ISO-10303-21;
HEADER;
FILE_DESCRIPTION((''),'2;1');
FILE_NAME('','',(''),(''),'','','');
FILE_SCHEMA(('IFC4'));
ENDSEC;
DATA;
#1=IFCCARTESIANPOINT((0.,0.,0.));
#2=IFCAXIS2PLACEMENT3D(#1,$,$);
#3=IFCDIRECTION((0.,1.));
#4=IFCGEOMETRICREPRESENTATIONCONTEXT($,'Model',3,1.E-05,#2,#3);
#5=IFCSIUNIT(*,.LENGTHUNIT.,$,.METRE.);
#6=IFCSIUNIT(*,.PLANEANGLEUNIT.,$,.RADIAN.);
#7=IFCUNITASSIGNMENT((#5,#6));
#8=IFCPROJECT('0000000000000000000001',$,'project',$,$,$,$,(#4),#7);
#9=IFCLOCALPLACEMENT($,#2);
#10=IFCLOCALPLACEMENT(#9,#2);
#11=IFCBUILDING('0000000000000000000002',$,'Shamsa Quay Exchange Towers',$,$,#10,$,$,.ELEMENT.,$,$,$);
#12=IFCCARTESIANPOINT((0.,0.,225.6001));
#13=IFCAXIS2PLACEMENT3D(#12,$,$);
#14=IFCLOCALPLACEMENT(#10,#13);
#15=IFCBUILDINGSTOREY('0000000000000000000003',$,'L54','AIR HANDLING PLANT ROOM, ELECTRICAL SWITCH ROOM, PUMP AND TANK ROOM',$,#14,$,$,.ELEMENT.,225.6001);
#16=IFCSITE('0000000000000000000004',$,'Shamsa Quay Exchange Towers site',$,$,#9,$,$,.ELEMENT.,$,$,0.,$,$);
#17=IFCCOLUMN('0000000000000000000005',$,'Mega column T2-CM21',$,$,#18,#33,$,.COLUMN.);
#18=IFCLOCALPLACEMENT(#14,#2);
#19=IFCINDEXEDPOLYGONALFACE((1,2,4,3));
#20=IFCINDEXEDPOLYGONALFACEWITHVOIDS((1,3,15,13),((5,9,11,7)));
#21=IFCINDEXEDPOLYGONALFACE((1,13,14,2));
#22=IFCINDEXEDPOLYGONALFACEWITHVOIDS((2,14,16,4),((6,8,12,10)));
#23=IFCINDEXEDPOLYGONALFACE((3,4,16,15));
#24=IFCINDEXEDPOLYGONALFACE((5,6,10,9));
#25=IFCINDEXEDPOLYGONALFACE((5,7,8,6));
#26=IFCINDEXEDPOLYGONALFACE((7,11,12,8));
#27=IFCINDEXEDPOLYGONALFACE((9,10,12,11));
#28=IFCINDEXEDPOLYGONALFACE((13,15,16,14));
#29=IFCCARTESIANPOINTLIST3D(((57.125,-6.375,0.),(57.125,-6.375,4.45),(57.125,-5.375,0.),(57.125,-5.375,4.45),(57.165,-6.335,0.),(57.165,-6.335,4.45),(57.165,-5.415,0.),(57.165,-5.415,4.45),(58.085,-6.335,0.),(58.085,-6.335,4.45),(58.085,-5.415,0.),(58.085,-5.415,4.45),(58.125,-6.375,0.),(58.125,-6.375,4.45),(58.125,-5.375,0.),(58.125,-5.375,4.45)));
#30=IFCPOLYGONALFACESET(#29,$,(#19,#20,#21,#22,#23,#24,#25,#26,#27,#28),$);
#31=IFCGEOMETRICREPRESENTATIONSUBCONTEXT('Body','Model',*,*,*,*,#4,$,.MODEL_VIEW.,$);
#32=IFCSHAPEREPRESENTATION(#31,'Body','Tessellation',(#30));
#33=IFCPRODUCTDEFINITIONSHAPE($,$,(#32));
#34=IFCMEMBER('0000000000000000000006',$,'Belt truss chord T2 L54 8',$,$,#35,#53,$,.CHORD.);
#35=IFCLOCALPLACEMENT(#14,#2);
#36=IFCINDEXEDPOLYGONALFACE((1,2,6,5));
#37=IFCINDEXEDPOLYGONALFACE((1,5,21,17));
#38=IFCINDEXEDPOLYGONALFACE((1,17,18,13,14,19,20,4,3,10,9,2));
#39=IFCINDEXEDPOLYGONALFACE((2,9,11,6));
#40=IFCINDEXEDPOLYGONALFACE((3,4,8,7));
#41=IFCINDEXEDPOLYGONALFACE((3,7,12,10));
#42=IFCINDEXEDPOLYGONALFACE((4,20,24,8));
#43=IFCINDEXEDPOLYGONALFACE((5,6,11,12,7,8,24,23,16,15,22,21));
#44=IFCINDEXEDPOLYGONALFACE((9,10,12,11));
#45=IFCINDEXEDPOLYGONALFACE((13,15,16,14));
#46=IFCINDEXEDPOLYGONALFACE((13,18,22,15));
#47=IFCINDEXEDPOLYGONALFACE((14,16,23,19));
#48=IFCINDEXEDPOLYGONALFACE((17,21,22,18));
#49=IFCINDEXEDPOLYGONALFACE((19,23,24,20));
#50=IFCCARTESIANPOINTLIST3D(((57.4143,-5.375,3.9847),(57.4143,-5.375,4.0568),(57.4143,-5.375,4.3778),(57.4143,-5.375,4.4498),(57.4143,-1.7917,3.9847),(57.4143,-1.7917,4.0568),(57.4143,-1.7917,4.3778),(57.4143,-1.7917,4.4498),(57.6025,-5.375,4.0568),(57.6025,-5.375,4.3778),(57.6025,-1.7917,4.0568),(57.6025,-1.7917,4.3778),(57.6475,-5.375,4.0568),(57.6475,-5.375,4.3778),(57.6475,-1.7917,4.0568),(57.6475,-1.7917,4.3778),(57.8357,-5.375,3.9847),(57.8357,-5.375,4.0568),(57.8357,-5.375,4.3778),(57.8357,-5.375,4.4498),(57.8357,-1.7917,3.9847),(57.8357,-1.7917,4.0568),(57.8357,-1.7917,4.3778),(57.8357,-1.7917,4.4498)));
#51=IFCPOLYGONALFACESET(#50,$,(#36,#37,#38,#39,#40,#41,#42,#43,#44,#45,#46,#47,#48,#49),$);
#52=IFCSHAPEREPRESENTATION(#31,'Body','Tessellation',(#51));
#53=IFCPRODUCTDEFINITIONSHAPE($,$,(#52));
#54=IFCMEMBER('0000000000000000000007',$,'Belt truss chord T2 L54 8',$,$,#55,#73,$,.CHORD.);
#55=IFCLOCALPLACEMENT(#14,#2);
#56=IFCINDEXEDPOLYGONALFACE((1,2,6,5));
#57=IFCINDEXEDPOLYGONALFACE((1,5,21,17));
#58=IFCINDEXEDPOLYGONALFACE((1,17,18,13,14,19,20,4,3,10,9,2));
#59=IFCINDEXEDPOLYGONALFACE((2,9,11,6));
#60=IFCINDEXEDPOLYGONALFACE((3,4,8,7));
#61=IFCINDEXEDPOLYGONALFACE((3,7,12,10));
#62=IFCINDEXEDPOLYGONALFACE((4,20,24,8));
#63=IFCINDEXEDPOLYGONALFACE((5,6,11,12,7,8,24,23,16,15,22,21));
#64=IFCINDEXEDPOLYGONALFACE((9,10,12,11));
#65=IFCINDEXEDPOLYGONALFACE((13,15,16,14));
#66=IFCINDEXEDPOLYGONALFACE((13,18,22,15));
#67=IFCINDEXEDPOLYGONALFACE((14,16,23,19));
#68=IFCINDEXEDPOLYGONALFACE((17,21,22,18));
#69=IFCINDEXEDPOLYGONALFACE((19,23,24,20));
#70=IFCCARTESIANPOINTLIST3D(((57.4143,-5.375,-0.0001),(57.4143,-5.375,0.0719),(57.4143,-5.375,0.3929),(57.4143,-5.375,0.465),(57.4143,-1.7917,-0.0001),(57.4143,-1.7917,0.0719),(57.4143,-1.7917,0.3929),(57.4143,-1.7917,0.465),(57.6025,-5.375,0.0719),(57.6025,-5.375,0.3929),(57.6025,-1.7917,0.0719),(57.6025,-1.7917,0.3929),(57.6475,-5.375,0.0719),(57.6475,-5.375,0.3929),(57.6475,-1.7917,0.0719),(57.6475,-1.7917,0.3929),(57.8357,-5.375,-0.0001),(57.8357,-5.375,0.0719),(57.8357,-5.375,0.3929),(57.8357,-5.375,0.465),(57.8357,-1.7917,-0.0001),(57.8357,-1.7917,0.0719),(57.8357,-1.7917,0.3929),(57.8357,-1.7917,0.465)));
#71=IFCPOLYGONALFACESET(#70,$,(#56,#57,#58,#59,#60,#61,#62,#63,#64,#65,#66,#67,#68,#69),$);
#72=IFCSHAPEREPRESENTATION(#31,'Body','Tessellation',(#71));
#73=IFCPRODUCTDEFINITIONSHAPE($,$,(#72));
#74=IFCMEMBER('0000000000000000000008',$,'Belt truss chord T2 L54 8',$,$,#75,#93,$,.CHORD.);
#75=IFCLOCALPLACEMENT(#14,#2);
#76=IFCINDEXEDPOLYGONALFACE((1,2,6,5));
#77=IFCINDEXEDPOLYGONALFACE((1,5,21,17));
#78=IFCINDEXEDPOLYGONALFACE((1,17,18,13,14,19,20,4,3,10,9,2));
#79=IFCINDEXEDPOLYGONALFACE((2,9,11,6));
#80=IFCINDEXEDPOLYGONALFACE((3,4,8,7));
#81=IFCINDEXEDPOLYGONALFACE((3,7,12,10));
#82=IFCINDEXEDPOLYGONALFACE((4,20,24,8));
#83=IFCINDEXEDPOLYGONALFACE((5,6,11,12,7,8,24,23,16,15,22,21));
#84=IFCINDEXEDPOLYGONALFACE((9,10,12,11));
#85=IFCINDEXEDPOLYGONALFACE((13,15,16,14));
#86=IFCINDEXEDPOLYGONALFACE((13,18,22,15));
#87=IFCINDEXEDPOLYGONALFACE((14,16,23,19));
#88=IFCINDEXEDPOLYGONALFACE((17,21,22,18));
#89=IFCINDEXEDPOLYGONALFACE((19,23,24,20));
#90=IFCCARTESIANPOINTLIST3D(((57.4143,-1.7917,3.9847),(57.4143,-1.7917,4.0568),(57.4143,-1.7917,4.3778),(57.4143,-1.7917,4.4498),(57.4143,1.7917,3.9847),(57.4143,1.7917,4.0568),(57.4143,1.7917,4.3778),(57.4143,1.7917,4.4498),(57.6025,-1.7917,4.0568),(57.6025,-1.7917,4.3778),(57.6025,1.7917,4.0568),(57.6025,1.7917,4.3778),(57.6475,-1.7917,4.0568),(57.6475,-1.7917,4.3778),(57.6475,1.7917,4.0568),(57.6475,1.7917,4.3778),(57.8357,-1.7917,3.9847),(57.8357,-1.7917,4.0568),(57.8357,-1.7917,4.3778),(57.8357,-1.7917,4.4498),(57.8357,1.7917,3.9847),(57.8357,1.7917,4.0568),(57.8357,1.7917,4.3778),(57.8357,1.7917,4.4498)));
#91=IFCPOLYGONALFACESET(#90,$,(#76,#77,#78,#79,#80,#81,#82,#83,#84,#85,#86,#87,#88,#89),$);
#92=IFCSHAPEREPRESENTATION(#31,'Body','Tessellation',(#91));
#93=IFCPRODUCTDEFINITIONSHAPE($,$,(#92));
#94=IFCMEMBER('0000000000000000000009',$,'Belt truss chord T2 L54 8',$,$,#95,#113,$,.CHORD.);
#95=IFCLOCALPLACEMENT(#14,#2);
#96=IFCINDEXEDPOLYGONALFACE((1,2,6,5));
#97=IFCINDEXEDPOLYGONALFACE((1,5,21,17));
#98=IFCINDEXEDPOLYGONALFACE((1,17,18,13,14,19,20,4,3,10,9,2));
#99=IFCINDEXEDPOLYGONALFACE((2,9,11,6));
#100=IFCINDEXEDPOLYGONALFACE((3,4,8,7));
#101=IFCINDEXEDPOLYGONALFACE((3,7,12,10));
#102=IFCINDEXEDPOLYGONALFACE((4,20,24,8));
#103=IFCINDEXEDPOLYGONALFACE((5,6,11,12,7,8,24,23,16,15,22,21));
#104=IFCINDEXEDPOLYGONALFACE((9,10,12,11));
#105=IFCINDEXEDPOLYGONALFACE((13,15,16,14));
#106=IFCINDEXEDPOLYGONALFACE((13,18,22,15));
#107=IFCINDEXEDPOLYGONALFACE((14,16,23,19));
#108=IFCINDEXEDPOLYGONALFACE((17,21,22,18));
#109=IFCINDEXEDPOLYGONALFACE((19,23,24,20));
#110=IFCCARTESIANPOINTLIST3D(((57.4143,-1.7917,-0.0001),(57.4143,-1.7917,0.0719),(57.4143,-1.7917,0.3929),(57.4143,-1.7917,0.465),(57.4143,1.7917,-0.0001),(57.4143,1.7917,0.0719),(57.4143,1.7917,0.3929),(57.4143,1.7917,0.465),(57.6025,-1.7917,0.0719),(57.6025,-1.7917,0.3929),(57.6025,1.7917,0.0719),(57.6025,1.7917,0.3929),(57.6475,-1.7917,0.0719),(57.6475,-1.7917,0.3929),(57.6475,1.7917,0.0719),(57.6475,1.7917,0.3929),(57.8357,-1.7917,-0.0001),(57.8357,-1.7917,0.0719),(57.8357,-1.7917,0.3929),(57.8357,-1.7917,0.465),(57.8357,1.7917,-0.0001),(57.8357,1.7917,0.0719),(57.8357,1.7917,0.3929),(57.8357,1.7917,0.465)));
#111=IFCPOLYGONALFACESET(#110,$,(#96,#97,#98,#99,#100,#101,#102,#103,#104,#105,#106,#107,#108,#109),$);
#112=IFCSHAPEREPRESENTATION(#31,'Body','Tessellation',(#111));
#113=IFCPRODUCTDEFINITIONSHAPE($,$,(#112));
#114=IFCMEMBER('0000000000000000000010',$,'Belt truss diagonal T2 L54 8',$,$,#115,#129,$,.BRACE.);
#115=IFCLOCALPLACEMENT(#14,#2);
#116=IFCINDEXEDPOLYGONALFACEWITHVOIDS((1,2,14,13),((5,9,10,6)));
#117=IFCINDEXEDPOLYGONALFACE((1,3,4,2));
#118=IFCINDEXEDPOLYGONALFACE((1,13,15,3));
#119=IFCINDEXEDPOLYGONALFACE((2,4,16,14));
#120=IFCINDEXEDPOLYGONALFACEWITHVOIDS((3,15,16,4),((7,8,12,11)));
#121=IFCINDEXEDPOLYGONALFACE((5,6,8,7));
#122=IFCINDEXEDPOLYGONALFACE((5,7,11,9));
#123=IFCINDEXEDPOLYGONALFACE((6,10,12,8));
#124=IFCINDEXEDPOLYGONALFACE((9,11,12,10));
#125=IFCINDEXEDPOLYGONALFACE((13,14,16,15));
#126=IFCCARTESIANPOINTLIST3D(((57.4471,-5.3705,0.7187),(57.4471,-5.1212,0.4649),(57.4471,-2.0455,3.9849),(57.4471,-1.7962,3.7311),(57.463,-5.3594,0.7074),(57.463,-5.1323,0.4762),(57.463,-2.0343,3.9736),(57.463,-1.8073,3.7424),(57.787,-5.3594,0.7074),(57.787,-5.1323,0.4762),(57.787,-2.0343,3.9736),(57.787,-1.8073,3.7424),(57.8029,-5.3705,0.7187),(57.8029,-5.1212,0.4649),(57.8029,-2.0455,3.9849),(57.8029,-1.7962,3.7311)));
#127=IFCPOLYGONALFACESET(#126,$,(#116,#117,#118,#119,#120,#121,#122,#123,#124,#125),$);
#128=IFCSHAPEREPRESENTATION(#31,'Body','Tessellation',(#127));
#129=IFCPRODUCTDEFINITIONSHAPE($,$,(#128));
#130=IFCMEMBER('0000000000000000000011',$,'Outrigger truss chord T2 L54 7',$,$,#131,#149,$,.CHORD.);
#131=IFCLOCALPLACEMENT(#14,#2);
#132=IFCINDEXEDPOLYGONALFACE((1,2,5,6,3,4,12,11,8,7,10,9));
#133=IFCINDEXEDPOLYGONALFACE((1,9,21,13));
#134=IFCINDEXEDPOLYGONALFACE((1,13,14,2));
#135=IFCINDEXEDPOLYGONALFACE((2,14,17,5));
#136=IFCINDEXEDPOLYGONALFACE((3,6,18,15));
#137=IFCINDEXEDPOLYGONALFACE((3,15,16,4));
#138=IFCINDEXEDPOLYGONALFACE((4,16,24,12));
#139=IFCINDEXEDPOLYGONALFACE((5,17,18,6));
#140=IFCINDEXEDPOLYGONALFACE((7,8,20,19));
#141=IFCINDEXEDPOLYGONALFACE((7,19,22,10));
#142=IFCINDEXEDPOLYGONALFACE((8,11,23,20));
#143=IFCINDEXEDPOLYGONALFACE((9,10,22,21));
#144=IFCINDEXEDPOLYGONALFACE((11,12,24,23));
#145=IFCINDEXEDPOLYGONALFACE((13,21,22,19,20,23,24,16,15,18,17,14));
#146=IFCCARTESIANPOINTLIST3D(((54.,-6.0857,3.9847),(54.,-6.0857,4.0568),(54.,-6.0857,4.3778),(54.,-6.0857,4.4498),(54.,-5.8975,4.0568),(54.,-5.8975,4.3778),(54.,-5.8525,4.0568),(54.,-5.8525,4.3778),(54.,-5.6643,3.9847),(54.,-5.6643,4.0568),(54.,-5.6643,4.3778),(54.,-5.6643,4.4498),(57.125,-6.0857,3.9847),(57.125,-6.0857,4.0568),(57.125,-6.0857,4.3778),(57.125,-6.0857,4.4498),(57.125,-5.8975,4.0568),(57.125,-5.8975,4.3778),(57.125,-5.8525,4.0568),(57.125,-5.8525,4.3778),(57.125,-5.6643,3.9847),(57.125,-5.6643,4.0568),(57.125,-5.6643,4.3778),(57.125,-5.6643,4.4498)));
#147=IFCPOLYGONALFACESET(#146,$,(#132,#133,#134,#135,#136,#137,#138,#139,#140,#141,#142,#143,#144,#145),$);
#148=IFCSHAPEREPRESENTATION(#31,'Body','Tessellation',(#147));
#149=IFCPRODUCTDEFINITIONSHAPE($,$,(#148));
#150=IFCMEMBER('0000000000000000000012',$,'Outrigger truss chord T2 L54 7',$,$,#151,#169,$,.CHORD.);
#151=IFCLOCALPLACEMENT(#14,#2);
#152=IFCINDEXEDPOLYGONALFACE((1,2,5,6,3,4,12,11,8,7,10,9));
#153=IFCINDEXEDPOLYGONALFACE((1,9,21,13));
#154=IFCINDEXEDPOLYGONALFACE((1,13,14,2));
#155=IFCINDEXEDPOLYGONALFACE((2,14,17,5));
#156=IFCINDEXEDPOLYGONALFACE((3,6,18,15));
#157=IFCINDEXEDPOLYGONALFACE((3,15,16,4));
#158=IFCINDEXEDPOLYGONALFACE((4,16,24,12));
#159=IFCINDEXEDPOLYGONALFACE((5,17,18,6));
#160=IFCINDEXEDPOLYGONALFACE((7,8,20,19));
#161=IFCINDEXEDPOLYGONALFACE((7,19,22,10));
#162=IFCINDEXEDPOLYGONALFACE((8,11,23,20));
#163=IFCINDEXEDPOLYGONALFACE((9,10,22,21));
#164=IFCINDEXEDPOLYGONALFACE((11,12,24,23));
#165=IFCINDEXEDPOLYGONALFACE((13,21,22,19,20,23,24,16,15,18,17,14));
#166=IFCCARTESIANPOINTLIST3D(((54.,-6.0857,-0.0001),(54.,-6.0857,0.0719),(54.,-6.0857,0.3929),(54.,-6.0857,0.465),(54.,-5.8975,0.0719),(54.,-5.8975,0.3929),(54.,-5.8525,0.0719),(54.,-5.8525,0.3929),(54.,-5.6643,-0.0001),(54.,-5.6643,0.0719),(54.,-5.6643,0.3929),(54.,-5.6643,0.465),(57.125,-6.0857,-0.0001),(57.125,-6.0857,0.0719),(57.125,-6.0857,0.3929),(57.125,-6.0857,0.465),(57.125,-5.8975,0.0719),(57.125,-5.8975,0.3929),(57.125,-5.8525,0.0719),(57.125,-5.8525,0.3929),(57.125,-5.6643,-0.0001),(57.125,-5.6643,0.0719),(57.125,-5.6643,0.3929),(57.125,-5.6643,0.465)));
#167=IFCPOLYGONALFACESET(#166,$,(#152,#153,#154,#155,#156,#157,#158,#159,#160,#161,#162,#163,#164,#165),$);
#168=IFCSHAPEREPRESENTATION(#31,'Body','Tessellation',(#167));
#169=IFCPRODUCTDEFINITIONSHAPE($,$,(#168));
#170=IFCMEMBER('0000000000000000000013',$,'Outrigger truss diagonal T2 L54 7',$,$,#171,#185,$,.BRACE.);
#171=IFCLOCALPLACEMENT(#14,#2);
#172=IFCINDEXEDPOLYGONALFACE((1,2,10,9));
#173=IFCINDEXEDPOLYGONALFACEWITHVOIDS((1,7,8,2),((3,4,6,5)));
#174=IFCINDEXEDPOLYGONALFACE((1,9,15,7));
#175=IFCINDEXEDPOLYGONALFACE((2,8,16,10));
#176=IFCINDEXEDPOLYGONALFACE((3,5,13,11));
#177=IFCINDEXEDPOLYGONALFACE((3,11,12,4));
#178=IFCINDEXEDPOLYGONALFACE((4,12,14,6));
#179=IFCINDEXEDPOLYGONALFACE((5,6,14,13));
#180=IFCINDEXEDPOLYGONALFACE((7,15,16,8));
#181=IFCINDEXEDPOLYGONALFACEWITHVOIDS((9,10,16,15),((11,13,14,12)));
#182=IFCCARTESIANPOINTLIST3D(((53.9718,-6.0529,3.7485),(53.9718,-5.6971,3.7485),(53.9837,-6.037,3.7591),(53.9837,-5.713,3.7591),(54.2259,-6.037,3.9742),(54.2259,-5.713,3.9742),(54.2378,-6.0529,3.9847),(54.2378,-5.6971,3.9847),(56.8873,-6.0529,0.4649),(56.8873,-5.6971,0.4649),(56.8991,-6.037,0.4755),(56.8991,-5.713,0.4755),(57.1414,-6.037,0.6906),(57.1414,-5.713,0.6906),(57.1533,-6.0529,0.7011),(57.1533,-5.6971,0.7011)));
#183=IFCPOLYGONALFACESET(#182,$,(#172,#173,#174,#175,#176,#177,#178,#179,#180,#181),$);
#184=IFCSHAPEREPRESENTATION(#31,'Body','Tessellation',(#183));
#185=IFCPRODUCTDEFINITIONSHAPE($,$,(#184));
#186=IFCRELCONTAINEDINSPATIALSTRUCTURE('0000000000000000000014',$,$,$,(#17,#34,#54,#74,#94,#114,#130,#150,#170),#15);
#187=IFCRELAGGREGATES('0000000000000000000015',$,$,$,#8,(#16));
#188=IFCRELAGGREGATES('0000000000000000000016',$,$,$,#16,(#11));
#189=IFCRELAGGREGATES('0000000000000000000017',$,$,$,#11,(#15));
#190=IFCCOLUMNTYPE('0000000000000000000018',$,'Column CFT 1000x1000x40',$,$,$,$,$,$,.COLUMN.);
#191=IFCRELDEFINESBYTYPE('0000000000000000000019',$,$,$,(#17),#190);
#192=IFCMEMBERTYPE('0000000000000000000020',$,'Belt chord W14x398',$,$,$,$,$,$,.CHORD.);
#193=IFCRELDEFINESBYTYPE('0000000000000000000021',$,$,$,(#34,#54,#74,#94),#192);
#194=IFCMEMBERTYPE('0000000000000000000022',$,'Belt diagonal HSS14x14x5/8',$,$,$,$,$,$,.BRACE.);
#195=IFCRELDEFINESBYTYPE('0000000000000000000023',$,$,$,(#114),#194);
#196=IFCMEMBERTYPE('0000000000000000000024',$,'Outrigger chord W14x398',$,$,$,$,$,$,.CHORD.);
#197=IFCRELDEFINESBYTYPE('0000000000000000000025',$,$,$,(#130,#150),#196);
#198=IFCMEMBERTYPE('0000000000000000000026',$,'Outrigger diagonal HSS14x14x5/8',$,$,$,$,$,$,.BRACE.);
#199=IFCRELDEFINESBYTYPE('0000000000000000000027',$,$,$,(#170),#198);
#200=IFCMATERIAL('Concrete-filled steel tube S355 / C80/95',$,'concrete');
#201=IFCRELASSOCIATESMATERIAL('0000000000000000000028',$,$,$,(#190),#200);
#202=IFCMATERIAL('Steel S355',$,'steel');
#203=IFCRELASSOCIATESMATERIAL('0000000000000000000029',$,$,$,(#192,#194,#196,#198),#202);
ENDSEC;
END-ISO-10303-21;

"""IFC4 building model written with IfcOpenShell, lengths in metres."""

from ifc_helpers import new_model, si_unit, direction, frame, origin, origin_2d, place, context, subcontext, project, spatial, hollow_rectangle, i_section, extrude, material, material_profile, profile_set, type_object, element, save


model = new_model("IFC4")

# Units and contexts
model_context = context("Model", 3, precision=1e-05, world=origin(), true_north=direction((0.0, 1.0)))
body_context = subcontext(model_context, "Body", "Model", "MODEL_VIEW")
ifc_project = project(units=[si_unit("LENGTHUNIT", "METRE"), si_unit("PLANEANGLEUNIT", "RADIAN")], contexts=[model_context])

# Site, building, storey
site_placement = place(None, origin())
site = spatial("IfcSite", under=ifc_project, at=site_placement, Name="Shamsa Quay Exchange Towers site", CompositionType="ELEMENT", RefElevation=0.0)
building_placement = place(site_placement, origin())
building = spatial("IfcBuilding", under=site, at=building_placement, Name="Shamsa Quay Exchange Towers", CompositionType="ELEMENT")
storey_placement = place(building_placement, frame((0.0, 0.0, 225.6001)))
storey = spatial("IfcBuildingStorey", under=building, at=storey_placement, Name="L54", Description="AIR HANDLING PLANT ROOM, ELECTRICAL SWITCH ROOM, PUMP AND TANK ROOM", CompositionType="ELEMENT", Elevation=225.6001)

# Column
ifc_material_1 = material(Name="Concrete-filled steel tube S355 / C80/95", Category="concrete")
ifc_material_profile_1 = material_profile(ifc_material_1, hollow_rectangle(XDim=1.0, YDim=1.0, WallThickness=0.04, at=origin_2d()), Name="CFT 1000x1000x40")
ifc_profile_set_1 = profile_set([ifc_material_profile_1], Name="Concrete-filled steel tube S355 / C80/95")
column_type = type_object("IfcColumnType", Name="Column CFT 1000x1000x40", PredefinedType="COLUMN", material=ifc_profile_set_1)
column_placement = place(storey_placement, frame((57.625, -5.875, 0.0)))
element("IfcColumn", 1, at=column_placement, inside=storey, type_object=column_type, Name="Mega column T2-CM21", PredefinedType="COLUMN", context=body_context, shape_type="SweptSolid", body=[
    extrude(hollow_rectangle(XDim=1.0, YDim=1.0, WallThickness=0.04, at=origin_2d()), origin(), (0.0, 0.0, 1.0), 4.45),
])

# Members
ifc_material_2 = material(Name="Steel S355", Category="steel")
ifc_material_profile_2 = material_profile(ifc_material_2, i_section(OverallWidth=0.4214, OverallDepth=0.4651, WebThickness=0.0449, FlangeThickness=0.072, at=origin_2d()), Name="W14x398")
ifc_profile_set_2 = profile_set([ifc_material_profile_2], Name="Steel S355")
member_type_1 = type_object("IfcMemberType", Name="Belt chord W14x398", PredefinedType="CHORD", material=ifc_profile_set_2)
for number, where, z_axis, x_axis, name in (
    (2, (57.625, -5.375, 4.2173), (0.0, 1.0, 0.0), (-1.0, 0.0, 0.0), "Belt truss chord T2 L54 8"),
    (3, (57.625, -5.375, 0.2324), (0.0, 1.0, 0.0), (-1.0, 0.0, 0.0), "Belt truss chord T2 L54 8"),
):
    element("IfcMember", number, at=place(storey_placement, frame(where, z_axis=z_axis, x_axis=x_axis)), inside=storey, type_object=member_type_1, Name=name, PredefinedType="CHORD", context=body_context, shape_type="SweptSolid", body=[
        extrude(i_section(OverallWidth=0.4214, OverallDepth=0.4651, WebThickness=0.0449, FlangeThickness=0.072, at=origin_2d()), origin(), (0.0, 0.0, 1.0), 3.5833),
    ])
for number, where, z_axis, x_axis, name in (
    (4, (57.625, -1.7917, 4.2173), (0.0, 1.0, 0.0), (-1.0, 0.0, 0.0), "Belt truss chord T2 L54 8"),
    (5, (57.625, -1.7917, 0.2324), (0.0, 1.0, 0.0), (-1.0, 0.0, 0.0), "Belt truss chord T2 L54 8"),
):
    element("IfcMember", number, at=place(storey_placement, frame(where, z_axis=z_axis, x_axis=x_axis)), inside=storey, type_object=member_type_1, Name=name, PredefinedType="CHORD", context=body_context, shape_type="SweptSolid", body=[
        extrude(i_section(OverallWidth=0.4214, OverallDepth=0.4651, WebThickness=0.0449, FlangeThickness=0.072, at=origin_2d()), origin(), (0.0, 0.0, 1.0), 3.5835),
    ])
ifc_material_profile_3 = material_profile(ifc_material_2, hollow_rectangle(XDim=0.3557, YDim=0.3557, WallThickness=0.0159, at=origin_2d()), Name="HSS14x14x5/8")
ifc_profile_set_3 = profile_set([ifc_material_profile_3], Name="Steel S355")
member_type_2 = type_object("IfcMemberType", Name="Belt diagonal HSS14x14x5/8", PredefinedType="BRACE", material=ifc_profile_set_3)
member_1_placement = place(storey_placement, frame((57.625, -5.2458, 0.5918), z_axis=(0.0, 0.713391, 0.700767), x_axis=(-1.0, 0.0, 0.0)))
element("IfcMember", 6, at=member_1_placement, inside=storey, type_object=member_type_2, Name="Belt truss diagonal T2 L54 8", PredefinedType="BRACE", context=body_context, shape_type="SweptSolid", body=[
    extrude(hollow_rectangle(XDim=0.3557, YDim=0.3557, WallThickness=0.0159, at=origin_2d()), origin(), (0.0, 0.0, 1.0), 4.6609),
])
ifc_material_profile_4 = material_profile(ifc_material_2, i_section(OverallWidth=0.4214, OverallDepth=0.4651, WebThickness=0.0449, FlangeThickness=0.072, at=origin_2d()), Name="W14x398")
ifc_profile_set_4 = profile_set([ifc_material_profile_4], Name="Steel S355")
member_type_3 = type_object("IfcMemberType", Name="Outrigger chord W14x398", PredefinedType="CHORD", material=ifc_profile_set_4)
for number, where, z_axis, x_axis, name in (
    (7, (57.125, -5.875, 4.2173), (-1.0, 0.0, 0.0), (0.0, -1.0, 0.0), "Outrigger truss chord T2 L54 7"),
    (8, (57.125, -5.875, 0.2324), (-1.0, 0.0, 0.0), (0.0, -1.0, 0.0), "Outrigger truss chord T2 L54 7"),
):
    element("IfcMember", number, at=place(storey_placement, frame(where, z_axis=z_axis, x_axis=x_axis)), inside=storey, type_object=member_type_3, Name=name, PredefinedType="CHORD", context=body_context, shape_type="SweptSolid", body=[
        extrude(i_section(OverallWidth=0.4214, OverallDepth=0.4651, WebThickness=0.0449, FlangeThickness=0.072, at=origin_2d()), origin(), (0.0, 0.0, 1.0), 3.125),
    ])
ifc_material_profile_5 = material_profile(ifc_material_2, hollow_rectangle(XDim=0.3557, YDim=0.3557, WallThickness=0.0159, at=origin_2d()), Name="HSS14x14x5/8")
ifc_profile_set_5 = profile_set([ifc_material_profile_5], Name="Steel S355")
member_type_4 = type_object("IfcMemberType", Name="Outrigger diagonal HSS14x14x5/8", PredefinedType="BRACE", material=ifc_profile_set_5)
member_2_placement = place(storey_placement, frame((57.0203, -5.875, 0.583), z_axis=(-0.663943, 0.0, 0.747783), x_axis=(0.0, -1.0, 0.0)))
element("IfcMember", 9, at=member_2_placement, inside=storey, type_object=member_type_4, Name="Outrigger truss diagonal T2 L54 7", PredefinedType="BRACE", context=body_context, shape_type="SweptSolid", body=[
    extrude(hollow_rectangle(XDim=0.3557, YDim=0.3557, WallThickness=0.0159, at=origin_2d()), origin(), (0.0, 0.0, 1.0), 4.3911),
])

save(model, "model.ifc")
